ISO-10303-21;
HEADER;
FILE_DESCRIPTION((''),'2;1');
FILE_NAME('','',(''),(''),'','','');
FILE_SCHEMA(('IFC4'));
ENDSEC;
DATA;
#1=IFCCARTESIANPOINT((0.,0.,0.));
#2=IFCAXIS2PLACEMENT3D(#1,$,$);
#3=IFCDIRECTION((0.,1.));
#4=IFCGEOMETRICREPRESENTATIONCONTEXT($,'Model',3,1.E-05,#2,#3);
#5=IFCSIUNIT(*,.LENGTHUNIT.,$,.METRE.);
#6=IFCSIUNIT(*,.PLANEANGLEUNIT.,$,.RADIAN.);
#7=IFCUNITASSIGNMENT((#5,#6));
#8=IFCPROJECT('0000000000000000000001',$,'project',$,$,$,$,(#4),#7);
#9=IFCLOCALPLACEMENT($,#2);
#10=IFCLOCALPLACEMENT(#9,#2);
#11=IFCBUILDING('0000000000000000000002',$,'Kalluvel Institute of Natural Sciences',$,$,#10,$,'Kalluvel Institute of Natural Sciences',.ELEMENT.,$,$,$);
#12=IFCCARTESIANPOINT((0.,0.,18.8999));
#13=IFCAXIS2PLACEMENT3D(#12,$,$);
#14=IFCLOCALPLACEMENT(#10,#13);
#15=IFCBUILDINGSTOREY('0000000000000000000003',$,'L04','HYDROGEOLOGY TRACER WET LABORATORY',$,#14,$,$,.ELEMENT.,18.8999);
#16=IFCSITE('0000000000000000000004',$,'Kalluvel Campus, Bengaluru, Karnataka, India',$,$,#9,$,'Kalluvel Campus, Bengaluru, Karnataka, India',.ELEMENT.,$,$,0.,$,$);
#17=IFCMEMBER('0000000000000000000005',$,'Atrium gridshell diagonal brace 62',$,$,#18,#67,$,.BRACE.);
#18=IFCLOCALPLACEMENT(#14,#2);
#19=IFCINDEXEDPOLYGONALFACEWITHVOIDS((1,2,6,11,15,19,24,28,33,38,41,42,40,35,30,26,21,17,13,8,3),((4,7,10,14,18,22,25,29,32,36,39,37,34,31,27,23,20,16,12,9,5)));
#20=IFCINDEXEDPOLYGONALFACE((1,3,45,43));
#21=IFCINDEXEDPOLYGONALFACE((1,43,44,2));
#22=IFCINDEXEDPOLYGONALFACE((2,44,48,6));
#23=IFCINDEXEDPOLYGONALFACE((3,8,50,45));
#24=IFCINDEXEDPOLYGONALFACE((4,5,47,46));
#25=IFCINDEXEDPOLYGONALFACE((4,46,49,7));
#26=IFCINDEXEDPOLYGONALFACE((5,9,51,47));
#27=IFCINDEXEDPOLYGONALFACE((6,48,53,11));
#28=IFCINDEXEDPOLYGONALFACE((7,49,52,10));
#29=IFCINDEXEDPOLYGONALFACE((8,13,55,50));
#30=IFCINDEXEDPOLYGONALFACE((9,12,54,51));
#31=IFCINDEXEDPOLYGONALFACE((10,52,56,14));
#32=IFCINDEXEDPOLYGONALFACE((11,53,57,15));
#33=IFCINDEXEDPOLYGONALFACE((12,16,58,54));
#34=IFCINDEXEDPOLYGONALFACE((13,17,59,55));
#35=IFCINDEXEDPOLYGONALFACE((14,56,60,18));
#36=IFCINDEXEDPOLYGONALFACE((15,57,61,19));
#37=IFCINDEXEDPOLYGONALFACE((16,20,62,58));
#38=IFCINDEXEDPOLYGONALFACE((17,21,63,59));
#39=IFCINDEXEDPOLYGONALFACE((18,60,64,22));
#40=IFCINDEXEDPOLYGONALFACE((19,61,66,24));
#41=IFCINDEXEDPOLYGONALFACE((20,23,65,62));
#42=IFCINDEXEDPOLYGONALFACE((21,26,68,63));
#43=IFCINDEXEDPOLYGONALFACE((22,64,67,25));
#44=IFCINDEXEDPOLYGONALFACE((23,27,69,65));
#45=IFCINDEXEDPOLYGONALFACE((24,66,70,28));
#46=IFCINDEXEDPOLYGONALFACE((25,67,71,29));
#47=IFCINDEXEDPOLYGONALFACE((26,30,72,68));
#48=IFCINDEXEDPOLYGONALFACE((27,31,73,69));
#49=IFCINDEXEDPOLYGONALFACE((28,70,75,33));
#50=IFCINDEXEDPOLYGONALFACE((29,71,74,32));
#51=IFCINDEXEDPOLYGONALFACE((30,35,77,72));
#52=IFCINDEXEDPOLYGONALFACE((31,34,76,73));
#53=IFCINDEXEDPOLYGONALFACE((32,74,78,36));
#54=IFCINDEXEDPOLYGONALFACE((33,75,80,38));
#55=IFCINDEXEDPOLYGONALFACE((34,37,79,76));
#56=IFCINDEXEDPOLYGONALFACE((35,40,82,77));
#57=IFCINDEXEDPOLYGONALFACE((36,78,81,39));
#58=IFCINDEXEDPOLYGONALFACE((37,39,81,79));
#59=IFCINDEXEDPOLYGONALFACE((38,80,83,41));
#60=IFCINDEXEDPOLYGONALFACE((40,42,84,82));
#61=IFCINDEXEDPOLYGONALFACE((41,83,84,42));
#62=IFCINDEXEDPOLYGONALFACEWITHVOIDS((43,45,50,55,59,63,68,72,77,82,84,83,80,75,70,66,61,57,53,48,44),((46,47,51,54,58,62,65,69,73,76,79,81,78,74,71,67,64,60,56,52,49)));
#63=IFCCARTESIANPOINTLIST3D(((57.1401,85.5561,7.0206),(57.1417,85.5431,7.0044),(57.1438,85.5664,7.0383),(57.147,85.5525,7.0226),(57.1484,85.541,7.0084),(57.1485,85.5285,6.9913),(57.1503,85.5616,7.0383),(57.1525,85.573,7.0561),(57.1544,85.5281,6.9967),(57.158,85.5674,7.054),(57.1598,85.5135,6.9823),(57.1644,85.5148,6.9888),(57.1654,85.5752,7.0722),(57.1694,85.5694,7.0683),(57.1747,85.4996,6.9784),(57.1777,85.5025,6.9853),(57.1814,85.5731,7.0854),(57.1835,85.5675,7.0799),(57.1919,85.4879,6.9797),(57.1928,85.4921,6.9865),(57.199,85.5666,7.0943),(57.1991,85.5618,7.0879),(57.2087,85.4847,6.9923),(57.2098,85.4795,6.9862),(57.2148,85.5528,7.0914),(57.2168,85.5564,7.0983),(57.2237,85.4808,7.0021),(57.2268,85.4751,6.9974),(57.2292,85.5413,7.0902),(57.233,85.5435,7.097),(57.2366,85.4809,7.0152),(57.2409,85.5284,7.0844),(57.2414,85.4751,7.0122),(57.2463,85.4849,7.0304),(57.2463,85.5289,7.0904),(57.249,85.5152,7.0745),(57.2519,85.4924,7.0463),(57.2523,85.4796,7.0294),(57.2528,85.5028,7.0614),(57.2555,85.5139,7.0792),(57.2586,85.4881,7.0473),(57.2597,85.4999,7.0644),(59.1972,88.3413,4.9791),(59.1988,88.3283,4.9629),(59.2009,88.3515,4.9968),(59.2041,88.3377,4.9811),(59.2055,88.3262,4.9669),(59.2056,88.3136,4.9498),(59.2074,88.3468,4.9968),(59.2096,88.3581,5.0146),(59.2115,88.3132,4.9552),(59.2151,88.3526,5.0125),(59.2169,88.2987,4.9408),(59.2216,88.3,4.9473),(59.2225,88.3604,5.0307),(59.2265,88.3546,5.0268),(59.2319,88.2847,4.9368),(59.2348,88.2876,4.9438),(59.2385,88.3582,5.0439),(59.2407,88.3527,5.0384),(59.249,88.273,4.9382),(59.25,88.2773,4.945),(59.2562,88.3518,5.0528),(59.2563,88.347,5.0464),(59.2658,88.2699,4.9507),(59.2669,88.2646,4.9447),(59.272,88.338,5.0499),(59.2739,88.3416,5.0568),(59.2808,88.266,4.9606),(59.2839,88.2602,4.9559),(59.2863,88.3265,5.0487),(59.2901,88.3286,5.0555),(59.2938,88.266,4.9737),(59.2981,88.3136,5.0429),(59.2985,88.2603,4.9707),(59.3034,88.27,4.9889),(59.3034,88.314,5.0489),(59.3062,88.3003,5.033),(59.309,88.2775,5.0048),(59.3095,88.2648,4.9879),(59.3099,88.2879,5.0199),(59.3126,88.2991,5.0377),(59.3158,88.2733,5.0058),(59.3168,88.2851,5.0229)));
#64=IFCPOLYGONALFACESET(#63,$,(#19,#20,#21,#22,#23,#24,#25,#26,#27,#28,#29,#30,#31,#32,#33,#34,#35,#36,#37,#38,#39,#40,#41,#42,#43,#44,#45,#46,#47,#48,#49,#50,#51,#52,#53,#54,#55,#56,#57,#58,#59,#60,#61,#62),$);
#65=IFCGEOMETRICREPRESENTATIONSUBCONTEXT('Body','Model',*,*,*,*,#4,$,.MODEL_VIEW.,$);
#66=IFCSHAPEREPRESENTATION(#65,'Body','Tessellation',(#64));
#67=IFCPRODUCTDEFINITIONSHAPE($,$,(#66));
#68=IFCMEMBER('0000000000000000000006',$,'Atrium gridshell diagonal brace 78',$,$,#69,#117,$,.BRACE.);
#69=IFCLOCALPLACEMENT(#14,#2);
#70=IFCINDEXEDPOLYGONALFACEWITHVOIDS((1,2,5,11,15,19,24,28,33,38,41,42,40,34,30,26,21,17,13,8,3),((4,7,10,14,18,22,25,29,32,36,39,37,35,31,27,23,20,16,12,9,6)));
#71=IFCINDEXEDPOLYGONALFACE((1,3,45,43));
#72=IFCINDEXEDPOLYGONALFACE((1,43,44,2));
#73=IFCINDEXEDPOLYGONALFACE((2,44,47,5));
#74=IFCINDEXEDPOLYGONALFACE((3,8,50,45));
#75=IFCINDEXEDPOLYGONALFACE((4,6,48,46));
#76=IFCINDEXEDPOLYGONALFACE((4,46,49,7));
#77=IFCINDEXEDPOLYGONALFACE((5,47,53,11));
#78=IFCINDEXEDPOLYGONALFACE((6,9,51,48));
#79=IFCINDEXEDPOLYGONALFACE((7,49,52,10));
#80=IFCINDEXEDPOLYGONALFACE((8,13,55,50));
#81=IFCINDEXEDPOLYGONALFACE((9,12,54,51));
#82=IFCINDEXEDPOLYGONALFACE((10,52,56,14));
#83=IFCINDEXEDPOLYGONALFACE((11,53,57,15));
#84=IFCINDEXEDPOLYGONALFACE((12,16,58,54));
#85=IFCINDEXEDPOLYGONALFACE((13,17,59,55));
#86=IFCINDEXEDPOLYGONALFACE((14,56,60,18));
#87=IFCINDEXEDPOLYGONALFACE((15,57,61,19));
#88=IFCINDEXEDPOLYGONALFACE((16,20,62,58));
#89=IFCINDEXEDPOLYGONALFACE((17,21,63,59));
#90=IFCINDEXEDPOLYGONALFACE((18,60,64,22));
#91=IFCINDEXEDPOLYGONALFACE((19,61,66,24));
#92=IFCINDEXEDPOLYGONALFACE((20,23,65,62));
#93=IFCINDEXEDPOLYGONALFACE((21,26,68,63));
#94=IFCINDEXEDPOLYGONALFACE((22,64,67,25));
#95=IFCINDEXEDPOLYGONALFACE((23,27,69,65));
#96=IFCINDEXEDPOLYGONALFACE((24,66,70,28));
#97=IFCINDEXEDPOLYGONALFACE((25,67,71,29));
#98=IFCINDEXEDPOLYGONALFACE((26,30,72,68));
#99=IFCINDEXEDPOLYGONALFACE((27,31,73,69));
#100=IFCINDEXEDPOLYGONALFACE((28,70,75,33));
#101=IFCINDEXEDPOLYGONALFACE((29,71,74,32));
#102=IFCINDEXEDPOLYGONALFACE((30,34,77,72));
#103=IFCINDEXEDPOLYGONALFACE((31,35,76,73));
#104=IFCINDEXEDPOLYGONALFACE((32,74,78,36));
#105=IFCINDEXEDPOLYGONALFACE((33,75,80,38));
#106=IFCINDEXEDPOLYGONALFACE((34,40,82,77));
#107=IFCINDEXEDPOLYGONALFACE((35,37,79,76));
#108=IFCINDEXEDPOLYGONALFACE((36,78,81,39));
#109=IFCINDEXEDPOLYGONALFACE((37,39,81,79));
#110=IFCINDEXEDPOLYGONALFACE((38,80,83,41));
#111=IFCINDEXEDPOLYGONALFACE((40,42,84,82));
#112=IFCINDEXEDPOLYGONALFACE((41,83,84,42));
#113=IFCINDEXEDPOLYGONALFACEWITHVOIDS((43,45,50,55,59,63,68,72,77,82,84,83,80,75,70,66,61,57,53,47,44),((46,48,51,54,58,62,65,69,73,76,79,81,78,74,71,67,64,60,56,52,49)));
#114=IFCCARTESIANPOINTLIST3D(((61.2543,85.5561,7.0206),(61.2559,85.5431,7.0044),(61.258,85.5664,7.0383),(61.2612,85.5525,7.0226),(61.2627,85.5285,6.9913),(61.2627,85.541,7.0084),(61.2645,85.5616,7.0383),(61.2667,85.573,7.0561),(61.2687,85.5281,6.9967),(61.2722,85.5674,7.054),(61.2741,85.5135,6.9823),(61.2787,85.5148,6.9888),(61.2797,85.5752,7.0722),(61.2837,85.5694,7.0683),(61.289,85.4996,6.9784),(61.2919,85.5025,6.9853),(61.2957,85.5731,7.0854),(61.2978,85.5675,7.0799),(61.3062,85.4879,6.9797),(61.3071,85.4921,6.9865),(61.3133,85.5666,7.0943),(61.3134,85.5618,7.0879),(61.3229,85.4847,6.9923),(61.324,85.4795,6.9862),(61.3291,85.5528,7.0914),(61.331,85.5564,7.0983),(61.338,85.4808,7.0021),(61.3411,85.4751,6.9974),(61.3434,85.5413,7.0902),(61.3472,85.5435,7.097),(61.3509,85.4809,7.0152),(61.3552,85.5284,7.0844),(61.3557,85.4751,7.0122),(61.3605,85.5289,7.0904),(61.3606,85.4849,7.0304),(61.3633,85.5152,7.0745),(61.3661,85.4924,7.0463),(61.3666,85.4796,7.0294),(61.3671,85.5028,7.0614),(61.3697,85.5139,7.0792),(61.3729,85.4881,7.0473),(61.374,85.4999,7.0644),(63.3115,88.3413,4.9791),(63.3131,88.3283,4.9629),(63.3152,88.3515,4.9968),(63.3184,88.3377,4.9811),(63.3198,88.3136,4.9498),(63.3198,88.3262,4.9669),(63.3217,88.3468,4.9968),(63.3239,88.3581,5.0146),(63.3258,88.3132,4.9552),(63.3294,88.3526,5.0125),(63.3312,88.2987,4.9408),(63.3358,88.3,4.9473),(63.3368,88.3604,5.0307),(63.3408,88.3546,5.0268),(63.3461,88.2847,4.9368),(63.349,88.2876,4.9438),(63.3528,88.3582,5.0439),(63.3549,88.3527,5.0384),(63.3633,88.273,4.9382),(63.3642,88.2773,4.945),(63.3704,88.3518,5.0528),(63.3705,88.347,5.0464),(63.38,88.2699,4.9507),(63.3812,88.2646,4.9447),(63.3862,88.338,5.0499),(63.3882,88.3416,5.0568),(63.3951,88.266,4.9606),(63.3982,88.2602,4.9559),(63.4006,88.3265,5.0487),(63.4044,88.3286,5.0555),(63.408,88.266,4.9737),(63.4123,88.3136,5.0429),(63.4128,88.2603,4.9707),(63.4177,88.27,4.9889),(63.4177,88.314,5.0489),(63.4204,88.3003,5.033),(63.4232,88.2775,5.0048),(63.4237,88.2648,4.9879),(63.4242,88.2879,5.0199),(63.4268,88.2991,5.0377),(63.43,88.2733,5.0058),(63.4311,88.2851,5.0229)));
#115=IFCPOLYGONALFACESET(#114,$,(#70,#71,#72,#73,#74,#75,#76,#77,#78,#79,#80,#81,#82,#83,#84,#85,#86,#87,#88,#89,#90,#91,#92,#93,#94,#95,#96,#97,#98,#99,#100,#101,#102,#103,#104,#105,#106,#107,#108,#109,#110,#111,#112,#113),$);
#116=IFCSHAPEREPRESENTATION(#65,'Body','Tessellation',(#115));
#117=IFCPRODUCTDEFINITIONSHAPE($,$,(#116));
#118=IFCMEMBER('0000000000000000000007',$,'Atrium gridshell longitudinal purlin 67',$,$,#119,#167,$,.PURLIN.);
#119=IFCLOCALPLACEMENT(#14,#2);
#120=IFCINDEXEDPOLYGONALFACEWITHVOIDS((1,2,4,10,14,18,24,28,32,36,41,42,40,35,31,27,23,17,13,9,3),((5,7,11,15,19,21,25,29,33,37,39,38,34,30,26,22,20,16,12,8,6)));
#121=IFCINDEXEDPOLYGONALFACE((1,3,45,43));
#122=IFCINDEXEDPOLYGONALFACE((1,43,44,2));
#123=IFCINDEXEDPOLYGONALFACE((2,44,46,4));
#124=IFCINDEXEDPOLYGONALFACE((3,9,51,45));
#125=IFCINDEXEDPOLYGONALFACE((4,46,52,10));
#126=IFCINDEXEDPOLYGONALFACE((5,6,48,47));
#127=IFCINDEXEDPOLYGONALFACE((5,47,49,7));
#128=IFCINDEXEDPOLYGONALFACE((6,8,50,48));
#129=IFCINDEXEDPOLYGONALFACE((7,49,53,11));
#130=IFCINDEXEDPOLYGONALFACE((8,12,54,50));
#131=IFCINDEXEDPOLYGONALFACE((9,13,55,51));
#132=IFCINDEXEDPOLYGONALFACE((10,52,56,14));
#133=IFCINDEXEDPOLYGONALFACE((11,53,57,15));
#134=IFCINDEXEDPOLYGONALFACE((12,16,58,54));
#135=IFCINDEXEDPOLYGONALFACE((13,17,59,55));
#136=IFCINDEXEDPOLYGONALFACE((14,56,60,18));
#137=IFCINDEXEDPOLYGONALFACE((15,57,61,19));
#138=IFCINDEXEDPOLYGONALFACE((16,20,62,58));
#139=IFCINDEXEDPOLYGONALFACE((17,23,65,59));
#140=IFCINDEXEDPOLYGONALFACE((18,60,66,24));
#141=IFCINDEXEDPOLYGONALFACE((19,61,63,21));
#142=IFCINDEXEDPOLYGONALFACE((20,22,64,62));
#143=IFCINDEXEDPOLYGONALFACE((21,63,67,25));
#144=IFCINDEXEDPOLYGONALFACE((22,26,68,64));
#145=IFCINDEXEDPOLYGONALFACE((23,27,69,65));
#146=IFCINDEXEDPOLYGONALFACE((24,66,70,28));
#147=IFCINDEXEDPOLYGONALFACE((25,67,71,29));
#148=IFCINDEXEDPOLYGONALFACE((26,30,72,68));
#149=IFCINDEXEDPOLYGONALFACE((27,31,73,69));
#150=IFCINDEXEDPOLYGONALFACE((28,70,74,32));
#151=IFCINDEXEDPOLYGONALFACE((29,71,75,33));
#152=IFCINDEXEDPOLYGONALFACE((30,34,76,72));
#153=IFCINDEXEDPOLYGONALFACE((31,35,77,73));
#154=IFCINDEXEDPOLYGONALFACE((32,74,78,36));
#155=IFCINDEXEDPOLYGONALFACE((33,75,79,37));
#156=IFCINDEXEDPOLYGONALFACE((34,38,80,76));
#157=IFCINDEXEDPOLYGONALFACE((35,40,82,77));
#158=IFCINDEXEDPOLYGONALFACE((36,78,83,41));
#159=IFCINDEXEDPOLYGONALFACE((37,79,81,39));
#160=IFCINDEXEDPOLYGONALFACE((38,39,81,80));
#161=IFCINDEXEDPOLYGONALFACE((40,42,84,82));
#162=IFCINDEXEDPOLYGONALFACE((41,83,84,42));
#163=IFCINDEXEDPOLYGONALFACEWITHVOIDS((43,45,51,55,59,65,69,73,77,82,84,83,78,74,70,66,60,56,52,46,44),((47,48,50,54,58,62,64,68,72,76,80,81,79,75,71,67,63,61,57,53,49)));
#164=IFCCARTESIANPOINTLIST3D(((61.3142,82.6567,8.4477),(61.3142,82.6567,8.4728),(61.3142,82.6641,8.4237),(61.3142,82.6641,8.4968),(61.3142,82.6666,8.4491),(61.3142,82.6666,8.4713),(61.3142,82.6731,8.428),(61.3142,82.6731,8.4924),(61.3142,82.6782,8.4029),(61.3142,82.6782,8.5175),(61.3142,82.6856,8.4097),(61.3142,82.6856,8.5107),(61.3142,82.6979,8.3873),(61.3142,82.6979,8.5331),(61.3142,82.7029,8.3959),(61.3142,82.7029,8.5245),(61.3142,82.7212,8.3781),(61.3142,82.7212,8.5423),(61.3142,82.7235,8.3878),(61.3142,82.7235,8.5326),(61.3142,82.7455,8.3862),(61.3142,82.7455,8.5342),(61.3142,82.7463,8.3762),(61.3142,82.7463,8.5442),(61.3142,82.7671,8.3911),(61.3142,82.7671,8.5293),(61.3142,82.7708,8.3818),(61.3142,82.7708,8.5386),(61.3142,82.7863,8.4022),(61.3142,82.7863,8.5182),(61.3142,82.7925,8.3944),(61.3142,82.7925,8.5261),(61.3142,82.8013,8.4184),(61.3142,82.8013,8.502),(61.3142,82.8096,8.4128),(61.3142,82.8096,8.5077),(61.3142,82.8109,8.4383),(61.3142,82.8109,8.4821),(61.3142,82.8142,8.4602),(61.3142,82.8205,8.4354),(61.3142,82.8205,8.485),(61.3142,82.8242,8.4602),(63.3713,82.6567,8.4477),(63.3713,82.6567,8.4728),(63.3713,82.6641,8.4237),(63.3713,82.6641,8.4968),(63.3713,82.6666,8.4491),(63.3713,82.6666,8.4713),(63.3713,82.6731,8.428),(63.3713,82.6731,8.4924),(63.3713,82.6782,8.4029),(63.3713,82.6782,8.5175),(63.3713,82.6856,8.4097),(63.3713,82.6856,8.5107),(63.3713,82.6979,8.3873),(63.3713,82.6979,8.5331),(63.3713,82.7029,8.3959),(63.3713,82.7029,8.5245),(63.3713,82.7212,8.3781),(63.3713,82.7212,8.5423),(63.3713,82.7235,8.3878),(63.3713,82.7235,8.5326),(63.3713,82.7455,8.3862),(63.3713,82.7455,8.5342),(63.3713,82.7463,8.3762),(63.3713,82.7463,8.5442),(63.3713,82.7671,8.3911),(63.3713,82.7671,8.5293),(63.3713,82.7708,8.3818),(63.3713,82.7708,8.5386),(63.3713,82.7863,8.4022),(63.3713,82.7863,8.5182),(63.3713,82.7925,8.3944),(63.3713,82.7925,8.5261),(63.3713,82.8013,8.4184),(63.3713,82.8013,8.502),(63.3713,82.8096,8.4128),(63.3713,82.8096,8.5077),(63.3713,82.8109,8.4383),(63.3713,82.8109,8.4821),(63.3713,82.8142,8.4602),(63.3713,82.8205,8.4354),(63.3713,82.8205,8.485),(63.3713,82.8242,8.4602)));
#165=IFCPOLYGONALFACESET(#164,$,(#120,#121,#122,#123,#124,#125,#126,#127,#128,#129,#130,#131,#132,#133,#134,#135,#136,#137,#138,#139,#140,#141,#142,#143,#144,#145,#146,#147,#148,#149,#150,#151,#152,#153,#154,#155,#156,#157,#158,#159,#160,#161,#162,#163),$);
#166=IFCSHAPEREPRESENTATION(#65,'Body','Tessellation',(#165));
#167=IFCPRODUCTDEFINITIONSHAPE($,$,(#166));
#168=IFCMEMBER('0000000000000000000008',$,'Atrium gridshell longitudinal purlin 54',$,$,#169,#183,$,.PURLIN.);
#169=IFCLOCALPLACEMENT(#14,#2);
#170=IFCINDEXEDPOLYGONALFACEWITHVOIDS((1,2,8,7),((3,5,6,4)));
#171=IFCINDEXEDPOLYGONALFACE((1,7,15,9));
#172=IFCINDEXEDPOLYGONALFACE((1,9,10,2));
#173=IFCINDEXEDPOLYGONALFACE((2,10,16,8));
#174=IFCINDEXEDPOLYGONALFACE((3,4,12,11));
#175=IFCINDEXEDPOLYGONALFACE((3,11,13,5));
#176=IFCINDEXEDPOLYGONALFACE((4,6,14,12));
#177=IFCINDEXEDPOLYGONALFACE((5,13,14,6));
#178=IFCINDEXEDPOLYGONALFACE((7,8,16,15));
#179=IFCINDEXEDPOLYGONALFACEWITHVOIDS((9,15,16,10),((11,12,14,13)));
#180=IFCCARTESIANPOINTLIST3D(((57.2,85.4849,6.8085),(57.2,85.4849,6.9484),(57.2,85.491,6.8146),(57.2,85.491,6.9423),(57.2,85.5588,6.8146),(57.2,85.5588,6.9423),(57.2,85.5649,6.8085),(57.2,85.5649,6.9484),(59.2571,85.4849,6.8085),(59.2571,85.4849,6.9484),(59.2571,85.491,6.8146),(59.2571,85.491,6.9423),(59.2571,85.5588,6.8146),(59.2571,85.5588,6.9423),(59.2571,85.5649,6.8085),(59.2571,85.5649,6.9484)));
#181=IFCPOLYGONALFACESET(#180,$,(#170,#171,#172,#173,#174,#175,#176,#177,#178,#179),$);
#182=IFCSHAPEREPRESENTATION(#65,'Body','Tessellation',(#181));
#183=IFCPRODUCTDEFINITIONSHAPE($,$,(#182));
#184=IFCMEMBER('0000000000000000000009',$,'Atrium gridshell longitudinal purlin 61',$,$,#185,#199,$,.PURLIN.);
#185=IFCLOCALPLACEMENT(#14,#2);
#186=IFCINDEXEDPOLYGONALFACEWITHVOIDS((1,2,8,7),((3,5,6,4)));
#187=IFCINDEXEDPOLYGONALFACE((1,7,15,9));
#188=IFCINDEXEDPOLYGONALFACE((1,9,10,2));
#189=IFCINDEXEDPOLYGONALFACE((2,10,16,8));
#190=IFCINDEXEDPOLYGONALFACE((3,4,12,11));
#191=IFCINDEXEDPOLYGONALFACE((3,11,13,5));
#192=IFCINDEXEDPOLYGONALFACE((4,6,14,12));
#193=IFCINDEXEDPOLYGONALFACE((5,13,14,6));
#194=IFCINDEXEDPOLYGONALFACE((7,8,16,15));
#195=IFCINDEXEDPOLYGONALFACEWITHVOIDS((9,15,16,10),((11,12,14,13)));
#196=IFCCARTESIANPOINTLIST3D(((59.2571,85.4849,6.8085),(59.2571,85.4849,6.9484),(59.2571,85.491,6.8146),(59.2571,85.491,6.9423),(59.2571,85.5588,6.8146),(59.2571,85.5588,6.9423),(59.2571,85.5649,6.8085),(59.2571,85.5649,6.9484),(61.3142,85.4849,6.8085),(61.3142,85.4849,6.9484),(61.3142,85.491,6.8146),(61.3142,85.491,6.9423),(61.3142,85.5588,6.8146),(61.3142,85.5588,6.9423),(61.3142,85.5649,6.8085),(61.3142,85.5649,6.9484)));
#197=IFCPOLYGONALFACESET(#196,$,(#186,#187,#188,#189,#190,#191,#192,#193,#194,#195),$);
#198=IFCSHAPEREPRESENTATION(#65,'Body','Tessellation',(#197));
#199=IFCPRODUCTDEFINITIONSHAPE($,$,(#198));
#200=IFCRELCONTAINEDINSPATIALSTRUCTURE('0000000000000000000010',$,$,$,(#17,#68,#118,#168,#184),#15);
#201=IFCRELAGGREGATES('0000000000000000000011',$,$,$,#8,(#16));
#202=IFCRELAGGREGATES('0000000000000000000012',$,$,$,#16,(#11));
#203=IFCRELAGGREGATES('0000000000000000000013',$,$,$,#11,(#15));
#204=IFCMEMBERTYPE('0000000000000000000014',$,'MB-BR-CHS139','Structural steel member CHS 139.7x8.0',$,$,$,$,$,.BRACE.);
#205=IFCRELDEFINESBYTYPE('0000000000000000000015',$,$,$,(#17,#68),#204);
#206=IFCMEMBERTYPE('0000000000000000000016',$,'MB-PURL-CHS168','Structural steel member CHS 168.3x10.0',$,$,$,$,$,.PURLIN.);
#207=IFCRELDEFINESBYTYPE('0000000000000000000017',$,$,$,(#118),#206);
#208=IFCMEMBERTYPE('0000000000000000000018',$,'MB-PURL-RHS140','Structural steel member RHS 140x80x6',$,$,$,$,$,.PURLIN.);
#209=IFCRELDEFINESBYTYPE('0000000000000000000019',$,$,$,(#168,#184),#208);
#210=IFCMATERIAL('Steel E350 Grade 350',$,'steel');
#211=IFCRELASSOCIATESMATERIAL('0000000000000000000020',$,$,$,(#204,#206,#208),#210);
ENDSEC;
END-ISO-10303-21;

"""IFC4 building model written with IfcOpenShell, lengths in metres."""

from ifc_helpers import new_model, si_unit, direction, frame, origin, origin_2d, place, context, subcontext, project, spatial, hollow_rectangle, hollow_circle, extrude, material, material_profile, profile_set, type_object, element, save


model = new_model("IFC4")

# Units and contexts
model_context = context("Model", 3, precision=1e-05, world=origin(), true_north=direction((0.0, 1.0)))
body_context = subcontext(model_context, "Body", "Model", "MODEL_VIEW")
ifc_project = project(units=[si_unit("LENGTHUNIT", "METRE"), si_unit("PLANEANGLEUNIT", "RADIAN")], contexts=[model_context])

# Site, building, storey
site_placement = place(None, origin())
site = spatial("IfcSite", under=ifc_project, at=site_placement, Name="Kalluvel Campus, Bengaluru, Karnataka, India", LongName="Kalluvel Campus, Bengaluru, Karnataka, India", CompositionType="ELEMENT", RefElevation=0.0)
building_placement = place(site_placement, origin())
building = spatial("IfcBuilding", under=site, at=building_placement, Name="Kalluvel Institute of Natural Sciences", LongName="Kalluvel Institute of Natural Sciences", CompositionType="ELEMENT")
storey_placement = place(building_placement, frame((0.0, 0.0, 18.8999)))
storey = spatial("IfcBuildingStorey", under=building, at=storey_placement, Name="L04", Description="HYDROGEOLOGY TRACER WET LABORATORY", CompositionType="ELEMENT", Elevation=18.8999)

# Members
ifc_material_1 = material(Name="Steel E350 Grade 350", Category="steel")
ifc_material_profile_1 = material_profile(ifc_material_1, hollow_circle(Radius=0.0698, WallThickness=0.0081, at=origin_2d()), Name="CHS 139.7x8.0")
ifc_profile_set_1 = profile_set([ifc_material_profile_1], Name="Steel E350 Grade 350")
member_type_1 = type_object("IfcMemberType", Name="MB-BR-CHS139", Description="Structural steel member CHS 139.7x8.0", PredefinedType="BRACE", material=ifc_profile_set_1)
for number, where, z_axis, x_axis, name in (
    (1, (57.2, 85.5249, 7.0383), (0.511784, 0.692906, -0.507896), (-0.804378, 0.594117, 0.0), "Atrium gridshell diagonal brace 62"),
    (2, (61.3142, 85.5249, 7.0383), (0.511784, 0.692906, -0.507896), (-0.804378, 0.594117, 0.0), "Atrium gridshell diagonal brace 78"),
):
    element("IfcMember", number, at=place(storey_placement, frame(where, z_axis=z_axis, x_axis=x_axis)), inside=storey, type_object=member_type_1, Name=name, PredefinedType="BRACE", context=body_context, shape_type="SweptSolid", body=[
        extrude(hollow_circle(Radius=0.0698, WallThickness=0.0081, at=origin_2d()), origin(), (0.0, 0.0, 1.0), 4.0195),
    ])
ifc_material_profile_2 = material_profile(ifc_material_1, hollow_circle(Radius=0.0842, WallThickness=0.01, at=origin_2d()), Name="CHS 168.3x10.0")
ifc_profile_set_2 = profile_set([ifc_material_profile_2], Name="Steel E350 Grade 350")
member_type_2 = type_object("IfcMemberType", Name="MB-PURL-CHS168", Description="Structural steel member CHS 168.3x10.0", PredefinedType="PURLIN", material=ifc_profile_set_2)
member_1_placement = place(storey_placement, frame((61.3142, 82.74, 8.4602), z_axis=(1.0, 0.0, 0.0), x_axis=(0.0, 1.0, 0.0)))
element("IfcMember", 3, at=member_1_placement, inside=storey, type_object=member_type_2, Name="Atrium gridshell longitudinal purlin 67", PredefinedType="PURLIN", context=body_context, shape_type="SweptSolid", body=[
    extrude(hollow_circle(Radius=0.0842, WallThickness=0.01, at=origin_2d()), origin(), (0.0, 0.0, 1.0), 2.0571),
])
ifc_material_profile_3 = material_profile(ifc_material_1, hollow_rectangle(XDim=0.0801, YDim=0.1399, WallThickness=0.0061, at=origin_2d()), Name="RHS 140x80x6")
ifc_profile_set_3 = profile_set([ifc_material_profile_3], Name="Steel E350 Grade 350")
member_type_3 = type_object("IfcMemberType", Name="MB-PURL-RHS140", Description="Structural steel member RHS 140x80x6", PredefinedType="PURLIN", material=ifc_profile_set_3)
for number, where, z_axis, x_axis, name in (
    (4, (57.2, 85.5249, 6.8784), (1.0, 0.0, 0.0), (0.0, 1.0, 0.0), "Atrium gridshell longitudinal purlin 54"),
    (5, (59.2571, 85.5249, 6.8784), (1.0, 0.0, 0.0), (0.0, 1.0, 0.0), "Atrium gridshell longitudinal purlin 61"),
):
    element("IfcMember", number, at=place(storey_placement, frame(where, z_axis=z_axis, x_axis=x_axis)), inside=storey, type_object=member_type_3, Name=name, PredefinedType="PURLIN", context=body_context, shape_type="SweptSolid", body=[
        extrude(hollow_rectangle(XDim=0.0801, YDim=0.1399, WallThickness=0.0061, at=origin_2d()), origin(), (0.0, 0.0, 1.0), 2.0571),
    ])

save(model, "model.ifc")
